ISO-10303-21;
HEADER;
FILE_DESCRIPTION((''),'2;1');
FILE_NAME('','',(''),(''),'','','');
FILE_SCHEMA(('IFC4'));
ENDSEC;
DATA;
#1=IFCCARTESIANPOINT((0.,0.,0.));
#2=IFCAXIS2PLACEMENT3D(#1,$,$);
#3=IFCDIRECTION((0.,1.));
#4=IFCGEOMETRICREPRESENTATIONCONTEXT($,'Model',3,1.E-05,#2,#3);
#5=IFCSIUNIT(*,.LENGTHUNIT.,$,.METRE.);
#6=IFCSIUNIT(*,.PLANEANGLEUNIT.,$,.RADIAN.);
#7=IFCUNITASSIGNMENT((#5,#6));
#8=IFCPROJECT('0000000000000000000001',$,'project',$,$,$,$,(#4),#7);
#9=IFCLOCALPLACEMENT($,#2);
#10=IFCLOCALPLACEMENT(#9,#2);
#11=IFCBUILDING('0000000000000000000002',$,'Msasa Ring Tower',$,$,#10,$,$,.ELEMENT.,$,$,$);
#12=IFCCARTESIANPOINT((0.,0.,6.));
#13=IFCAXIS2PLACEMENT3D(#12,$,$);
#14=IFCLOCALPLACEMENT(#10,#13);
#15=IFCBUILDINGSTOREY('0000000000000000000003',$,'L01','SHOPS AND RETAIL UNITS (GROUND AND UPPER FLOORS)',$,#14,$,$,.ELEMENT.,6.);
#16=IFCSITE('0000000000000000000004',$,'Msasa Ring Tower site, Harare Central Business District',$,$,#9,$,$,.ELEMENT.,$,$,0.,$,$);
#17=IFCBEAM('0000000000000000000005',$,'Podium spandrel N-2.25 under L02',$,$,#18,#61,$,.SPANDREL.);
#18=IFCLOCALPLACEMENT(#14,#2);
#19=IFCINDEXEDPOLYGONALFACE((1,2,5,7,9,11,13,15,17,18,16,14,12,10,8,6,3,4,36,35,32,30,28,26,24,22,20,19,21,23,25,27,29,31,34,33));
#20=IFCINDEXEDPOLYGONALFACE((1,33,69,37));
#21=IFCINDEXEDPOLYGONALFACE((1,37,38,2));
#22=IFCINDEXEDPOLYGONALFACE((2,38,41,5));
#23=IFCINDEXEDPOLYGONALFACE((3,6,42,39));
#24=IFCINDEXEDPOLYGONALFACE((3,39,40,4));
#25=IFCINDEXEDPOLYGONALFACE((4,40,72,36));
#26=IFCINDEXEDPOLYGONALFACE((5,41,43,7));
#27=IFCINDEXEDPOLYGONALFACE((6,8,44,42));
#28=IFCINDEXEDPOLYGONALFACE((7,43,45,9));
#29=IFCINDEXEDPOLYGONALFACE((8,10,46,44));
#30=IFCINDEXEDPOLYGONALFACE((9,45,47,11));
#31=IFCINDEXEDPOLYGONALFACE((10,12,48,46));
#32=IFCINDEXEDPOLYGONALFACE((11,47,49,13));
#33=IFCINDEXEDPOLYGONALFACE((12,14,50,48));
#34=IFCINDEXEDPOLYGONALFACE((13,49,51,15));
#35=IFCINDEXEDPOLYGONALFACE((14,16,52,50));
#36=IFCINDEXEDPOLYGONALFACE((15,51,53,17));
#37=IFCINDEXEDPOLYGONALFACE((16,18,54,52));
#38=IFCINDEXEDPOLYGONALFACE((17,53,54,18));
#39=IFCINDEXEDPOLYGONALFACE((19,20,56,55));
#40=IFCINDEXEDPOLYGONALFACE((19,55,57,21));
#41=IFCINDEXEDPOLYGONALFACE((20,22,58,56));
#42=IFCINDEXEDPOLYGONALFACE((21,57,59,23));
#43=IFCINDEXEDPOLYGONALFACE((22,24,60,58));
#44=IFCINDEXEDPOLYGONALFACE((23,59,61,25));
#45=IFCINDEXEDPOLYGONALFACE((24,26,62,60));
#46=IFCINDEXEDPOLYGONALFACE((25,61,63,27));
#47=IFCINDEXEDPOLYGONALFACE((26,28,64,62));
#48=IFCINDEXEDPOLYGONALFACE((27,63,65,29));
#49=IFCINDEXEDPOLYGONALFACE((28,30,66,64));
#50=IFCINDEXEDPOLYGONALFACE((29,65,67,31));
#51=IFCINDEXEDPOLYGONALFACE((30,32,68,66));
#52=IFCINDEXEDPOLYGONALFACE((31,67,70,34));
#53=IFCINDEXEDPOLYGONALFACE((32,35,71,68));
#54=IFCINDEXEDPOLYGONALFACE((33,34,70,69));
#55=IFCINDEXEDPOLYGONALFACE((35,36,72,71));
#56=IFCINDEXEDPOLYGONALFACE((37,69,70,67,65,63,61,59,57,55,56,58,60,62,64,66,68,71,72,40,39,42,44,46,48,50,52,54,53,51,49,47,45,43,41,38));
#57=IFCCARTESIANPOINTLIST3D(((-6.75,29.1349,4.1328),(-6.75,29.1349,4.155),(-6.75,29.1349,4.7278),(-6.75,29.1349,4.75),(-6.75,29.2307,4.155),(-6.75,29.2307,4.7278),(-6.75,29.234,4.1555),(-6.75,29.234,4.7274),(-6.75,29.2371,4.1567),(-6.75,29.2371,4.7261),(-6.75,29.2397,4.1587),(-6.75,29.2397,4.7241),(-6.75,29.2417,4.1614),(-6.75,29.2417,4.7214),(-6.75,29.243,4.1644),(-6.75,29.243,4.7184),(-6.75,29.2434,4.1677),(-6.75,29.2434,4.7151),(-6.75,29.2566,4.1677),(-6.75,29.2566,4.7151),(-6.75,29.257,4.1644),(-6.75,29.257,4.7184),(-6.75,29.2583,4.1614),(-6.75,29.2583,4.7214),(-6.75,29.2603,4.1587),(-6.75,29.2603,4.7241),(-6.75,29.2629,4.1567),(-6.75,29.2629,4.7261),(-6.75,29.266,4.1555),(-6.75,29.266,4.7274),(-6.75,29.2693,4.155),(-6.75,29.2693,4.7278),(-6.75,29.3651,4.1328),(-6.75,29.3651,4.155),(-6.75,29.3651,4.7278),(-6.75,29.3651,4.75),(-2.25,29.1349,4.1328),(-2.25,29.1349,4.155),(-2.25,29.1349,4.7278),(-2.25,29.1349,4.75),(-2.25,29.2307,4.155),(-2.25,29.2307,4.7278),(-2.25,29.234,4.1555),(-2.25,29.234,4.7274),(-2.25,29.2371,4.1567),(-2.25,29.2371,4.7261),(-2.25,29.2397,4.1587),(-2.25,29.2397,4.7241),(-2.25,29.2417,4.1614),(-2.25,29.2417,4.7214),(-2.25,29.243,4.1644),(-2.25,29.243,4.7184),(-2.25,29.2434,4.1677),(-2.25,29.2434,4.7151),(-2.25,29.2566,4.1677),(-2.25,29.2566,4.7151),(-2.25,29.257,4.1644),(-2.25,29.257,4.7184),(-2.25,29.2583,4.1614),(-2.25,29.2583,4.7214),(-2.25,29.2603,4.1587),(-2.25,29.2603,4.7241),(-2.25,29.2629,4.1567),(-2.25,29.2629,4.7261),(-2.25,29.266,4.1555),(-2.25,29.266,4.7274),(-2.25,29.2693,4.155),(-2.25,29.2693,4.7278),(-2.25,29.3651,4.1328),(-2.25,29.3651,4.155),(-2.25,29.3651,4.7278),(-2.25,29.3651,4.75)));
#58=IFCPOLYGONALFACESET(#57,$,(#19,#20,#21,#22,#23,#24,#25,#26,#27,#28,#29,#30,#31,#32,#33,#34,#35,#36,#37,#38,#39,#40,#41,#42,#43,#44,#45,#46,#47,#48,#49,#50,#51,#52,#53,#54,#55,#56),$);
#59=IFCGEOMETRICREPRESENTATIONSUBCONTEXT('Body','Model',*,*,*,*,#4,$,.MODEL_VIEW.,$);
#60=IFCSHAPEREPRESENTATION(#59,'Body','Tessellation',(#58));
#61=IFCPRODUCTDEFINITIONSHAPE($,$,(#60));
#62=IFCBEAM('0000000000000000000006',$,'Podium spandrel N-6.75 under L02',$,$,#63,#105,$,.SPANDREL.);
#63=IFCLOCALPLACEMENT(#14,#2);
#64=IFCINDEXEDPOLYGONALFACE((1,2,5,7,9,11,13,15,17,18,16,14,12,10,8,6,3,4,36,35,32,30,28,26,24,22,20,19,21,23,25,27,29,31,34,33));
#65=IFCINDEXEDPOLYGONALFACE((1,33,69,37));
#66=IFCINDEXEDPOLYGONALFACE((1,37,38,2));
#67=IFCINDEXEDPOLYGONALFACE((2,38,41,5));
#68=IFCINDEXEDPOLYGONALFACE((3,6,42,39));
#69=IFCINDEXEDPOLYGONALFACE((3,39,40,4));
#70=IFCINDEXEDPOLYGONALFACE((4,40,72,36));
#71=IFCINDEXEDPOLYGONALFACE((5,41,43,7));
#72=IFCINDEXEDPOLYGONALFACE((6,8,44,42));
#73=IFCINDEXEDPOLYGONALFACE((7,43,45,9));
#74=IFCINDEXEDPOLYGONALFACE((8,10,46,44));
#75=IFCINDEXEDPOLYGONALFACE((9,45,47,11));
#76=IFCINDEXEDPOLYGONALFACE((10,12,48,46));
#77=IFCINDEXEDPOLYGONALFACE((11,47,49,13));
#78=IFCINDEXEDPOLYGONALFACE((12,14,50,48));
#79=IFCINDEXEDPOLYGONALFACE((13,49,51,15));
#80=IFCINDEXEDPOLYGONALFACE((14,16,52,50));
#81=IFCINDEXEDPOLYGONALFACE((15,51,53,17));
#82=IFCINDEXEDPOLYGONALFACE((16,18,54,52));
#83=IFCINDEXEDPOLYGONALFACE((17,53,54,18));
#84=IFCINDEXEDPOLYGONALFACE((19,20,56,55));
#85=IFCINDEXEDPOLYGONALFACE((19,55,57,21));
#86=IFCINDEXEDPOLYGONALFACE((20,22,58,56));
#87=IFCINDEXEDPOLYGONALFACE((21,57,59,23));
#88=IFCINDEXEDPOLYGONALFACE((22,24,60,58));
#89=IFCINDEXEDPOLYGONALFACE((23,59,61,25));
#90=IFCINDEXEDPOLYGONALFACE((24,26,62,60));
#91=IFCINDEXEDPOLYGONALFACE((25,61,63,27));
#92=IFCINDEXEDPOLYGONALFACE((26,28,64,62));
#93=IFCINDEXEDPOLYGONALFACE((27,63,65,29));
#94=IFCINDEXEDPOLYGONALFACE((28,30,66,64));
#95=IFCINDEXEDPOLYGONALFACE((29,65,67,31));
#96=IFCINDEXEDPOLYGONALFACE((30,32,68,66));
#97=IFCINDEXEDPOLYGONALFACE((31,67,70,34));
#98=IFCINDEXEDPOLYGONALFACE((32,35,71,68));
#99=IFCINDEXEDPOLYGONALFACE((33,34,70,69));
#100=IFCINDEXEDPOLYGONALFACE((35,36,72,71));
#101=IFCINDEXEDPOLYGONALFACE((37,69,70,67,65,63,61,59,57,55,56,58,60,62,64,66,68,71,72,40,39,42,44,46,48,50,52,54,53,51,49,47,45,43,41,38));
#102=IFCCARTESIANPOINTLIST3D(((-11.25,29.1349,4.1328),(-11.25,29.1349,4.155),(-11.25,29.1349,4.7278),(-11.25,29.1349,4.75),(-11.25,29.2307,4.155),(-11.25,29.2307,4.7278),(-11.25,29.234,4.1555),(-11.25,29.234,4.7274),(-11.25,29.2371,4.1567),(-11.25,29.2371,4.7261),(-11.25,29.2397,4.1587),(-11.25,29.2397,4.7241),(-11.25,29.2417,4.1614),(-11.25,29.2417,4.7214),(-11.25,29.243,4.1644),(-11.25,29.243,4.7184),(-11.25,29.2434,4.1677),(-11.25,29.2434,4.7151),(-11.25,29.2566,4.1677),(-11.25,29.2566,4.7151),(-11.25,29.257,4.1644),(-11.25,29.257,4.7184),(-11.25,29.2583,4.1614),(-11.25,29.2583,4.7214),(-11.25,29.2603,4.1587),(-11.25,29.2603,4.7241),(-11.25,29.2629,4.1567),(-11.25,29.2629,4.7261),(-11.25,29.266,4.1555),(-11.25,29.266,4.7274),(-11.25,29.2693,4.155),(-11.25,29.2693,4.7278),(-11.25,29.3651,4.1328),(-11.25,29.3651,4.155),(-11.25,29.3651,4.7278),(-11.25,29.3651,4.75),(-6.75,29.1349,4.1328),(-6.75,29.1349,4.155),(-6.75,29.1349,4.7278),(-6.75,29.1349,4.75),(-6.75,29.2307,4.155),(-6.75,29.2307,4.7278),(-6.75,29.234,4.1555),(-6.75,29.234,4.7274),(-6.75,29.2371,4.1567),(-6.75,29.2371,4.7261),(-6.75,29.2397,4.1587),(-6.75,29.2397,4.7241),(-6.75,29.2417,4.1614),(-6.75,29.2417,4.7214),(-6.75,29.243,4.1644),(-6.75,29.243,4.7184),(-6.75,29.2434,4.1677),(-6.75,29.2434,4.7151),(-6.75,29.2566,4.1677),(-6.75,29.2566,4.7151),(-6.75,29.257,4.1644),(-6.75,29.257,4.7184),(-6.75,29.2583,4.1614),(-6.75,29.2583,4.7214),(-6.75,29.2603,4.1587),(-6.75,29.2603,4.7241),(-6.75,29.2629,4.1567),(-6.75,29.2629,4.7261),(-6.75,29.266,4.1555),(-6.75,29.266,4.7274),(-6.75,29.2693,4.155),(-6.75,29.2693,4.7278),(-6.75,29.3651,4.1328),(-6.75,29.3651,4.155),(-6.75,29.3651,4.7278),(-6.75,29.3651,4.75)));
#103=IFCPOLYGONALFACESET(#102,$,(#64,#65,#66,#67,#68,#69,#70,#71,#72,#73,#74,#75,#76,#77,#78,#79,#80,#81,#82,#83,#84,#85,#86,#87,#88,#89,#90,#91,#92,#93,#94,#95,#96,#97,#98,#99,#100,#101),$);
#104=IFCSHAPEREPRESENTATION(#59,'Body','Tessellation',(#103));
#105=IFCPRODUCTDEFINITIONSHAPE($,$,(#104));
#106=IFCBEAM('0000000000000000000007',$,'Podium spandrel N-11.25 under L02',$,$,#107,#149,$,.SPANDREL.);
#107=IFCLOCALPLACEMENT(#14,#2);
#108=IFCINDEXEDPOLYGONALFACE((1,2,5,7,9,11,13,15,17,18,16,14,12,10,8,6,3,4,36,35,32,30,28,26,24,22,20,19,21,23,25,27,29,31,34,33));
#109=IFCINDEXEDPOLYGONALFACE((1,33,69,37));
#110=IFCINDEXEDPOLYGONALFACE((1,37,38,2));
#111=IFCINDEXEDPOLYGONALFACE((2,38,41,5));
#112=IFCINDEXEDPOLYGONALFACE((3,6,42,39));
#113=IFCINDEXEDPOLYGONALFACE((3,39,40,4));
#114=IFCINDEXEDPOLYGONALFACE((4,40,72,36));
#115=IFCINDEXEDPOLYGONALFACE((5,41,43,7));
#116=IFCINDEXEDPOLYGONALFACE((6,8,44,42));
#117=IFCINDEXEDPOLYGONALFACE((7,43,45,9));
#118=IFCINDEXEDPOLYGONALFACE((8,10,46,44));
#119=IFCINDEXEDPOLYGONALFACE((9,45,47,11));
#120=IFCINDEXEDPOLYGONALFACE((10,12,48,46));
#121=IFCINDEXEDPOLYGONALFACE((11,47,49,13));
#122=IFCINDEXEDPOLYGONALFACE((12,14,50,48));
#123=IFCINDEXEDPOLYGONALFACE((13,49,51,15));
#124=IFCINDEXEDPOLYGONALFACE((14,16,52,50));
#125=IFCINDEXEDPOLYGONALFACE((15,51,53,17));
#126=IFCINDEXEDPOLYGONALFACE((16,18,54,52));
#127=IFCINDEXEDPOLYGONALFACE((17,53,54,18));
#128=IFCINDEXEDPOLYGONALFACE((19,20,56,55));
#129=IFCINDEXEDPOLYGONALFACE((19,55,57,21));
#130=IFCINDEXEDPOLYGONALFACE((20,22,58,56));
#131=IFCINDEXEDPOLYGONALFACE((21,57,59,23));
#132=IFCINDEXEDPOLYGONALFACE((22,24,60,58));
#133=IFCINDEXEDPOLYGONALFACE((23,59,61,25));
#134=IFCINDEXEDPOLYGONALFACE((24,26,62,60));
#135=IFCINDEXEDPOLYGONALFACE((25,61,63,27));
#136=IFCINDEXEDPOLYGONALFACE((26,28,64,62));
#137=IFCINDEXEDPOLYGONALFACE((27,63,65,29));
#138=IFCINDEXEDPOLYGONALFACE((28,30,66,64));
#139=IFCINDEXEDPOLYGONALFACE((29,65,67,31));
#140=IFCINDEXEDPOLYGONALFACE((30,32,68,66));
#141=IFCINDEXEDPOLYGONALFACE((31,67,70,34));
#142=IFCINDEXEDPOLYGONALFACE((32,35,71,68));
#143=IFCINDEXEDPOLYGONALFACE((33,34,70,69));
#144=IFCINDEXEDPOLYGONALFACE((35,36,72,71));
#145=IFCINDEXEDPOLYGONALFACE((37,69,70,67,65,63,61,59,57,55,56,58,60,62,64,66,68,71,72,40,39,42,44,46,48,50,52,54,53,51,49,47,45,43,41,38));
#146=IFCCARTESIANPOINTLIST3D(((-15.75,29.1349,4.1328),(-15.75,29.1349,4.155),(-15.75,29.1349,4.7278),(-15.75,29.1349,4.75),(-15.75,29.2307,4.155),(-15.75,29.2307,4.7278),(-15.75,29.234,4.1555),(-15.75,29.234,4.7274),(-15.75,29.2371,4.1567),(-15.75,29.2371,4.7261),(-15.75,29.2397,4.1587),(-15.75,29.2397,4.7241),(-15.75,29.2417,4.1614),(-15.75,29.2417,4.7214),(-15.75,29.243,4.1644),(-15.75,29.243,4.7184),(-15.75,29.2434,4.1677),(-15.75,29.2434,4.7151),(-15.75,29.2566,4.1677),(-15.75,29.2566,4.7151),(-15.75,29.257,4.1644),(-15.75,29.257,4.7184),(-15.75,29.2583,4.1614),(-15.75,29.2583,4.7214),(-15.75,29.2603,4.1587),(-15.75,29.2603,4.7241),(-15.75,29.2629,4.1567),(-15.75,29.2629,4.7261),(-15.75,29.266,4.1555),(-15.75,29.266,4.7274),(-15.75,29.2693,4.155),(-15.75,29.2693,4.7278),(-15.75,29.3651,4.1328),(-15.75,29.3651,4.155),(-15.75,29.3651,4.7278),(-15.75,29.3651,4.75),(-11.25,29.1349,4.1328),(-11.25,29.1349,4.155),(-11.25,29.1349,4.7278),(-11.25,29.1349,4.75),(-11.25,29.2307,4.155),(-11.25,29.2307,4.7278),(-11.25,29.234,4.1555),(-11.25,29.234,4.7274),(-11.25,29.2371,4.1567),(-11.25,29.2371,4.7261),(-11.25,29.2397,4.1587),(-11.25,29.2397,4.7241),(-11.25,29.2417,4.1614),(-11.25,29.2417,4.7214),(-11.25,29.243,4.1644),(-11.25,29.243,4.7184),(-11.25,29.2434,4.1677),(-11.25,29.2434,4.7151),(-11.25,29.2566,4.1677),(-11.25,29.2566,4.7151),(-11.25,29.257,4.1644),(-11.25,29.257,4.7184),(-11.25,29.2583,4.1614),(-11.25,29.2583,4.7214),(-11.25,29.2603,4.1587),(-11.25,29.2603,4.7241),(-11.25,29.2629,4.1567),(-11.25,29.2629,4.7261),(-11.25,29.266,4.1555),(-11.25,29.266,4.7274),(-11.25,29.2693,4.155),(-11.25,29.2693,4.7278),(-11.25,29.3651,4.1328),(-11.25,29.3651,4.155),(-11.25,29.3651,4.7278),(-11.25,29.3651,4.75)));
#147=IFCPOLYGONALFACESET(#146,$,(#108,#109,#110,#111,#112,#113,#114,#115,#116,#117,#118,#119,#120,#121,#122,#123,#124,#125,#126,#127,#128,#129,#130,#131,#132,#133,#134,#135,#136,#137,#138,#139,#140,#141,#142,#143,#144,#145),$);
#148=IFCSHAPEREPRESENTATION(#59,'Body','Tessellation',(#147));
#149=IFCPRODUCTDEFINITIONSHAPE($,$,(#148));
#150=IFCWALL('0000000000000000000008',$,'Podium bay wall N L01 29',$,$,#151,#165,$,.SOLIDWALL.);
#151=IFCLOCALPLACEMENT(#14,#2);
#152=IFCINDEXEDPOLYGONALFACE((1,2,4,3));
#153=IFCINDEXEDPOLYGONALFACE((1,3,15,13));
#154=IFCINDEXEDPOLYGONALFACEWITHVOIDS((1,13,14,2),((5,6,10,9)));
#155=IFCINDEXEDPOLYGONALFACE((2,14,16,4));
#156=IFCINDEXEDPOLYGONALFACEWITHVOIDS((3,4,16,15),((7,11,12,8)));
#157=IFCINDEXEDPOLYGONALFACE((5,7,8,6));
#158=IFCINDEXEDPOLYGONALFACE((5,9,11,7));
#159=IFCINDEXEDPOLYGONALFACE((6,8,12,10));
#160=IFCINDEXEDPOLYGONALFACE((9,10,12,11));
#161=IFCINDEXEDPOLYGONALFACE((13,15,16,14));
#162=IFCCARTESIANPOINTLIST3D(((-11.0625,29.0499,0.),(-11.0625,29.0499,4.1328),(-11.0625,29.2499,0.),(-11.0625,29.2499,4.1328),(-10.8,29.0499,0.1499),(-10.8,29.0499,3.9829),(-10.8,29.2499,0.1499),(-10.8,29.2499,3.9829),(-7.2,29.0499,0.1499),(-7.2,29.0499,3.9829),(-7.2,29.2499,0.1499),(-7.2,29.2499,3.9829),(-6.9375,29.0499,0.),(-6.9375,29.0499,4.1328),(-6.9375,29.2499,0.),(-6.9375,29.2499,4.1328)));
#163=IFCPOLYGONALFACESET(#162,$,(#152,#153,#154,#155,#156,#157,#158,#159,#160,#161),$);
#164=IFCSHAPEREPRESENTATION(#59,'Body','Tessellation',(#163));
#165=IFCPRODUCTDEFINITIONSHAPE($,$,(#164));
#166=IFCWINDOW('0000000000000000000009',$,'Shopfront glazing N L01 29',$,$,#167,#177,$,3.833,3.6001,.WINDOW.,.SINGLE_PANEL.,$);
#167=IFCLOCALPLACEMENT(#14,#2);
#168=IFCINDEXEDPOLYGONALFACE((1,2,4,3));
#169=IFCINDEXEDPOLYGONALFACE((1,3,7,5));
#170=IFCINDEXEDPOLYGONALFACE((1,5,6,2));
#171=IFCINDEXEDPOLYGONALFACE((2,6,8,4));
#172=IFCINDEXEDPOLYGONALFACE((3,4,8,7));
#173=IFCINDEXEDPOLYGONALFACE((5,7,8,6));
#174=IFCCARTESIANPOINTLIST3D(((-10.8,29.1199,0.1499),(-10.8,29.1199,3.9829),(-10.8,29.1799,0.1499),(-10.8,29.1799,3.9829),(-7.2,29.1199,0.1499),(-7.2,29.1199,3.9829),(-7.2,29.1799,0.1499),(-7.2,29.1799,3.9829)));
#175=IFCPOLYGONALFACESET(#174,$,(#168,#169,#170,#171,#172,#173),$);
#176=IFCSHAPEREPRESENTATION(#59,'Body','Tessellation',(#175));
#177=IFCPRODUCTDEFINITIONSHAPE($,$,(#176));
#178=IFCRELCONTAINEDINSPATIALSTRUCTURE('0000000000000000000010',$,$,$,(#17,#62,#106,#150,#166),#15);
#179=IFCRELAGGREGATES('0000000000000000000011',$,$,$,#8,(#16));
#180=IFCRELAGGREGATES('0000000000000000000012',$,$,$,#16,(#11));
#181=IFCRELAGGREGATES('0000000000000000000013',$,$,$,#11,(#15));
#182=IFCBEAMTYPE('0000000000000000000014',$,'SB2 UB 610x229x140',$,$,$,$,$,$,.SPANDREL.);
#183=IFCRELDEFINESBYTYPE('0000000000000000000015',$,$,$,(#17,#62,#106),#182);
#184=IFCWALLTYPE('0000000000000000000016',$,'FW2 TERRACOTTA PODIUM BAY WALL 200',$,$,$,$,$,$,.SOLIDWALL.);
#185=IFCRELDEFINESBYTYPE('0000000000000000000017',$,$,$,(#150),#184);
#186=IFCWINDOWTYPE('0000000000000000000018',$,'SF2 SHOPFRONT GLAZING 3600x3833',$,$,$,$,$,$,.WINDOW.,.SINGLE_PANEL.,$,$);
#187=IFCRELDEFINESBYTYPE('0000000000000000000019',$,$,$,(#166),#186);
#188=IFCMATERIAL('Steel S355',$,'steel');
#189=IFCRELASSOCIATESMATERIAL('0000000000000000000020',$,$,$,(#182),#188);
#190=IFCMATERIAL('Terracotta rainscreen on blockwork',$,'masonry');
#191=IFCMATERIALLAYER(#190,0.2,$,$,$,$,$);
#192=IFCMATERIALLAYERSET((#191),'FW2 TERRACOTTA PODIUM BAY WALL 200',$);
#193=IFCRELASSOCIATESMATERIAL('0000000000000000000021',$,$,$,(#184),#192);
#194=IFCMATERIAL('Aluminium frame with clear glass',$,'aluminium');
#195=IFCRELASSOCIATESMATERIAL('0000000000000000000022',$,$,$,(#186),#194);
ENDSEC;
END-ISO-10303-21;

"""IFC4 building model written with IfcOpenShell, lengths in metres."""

from ifc_helpers import new_model, si_unit, direction, frame, frame_2d, origin, origin_2d, place, context, subcontext, project, spatial, rectangle, i_section, extrude, material, layer, layer_set, material_profile, profile_set, type_object, element, fill, save


model = new_model("IFC4")

# Units and contexts
model_context = context("Model", 3, precision=1e-05, world=origin(), true_north=direction((0.0, 1.0)))
body_context = subcontext(model_context, "Body", "Model", "MODEL_VIEW")
ifc_project = project(units=[si_unit("LENGTHUNIT", "METRE"), si_unit("PLANEANGLEUNIT", "RADIAN")], contexts=[model_context])

# Site, building, storey
site_placement = place(None, origin())
site = spatial("IfcSite", under=ifc_project, at=site_placement, Name="Msasa Ring Tower site, Harare Central Business District", CompositionType="ELEMENT", RefElevation=0.0)
building_placement = place(site_placement, origin())
building = spatial("IfcBuilding", under=site, at=building_placement, Name="Msasa Ring Tower", CompositionType="ELEMENT")
storey_placement = place(building_placement, frame((0.0, 0.0, 6.0)))
storey = spatial("IfcBuildingStorey", under=building, at=storey_placement, Name="L01", Description="SHOPS AND RETAIL UNITS (GROUND AND UPPER FLOORS)", CompositionType="ELEMENT", Elevation=6.0)

# Beams
ifc_material_1 = material(Name="Steel S355", Category="steel")
ifc_material_profile_1 = material_profile(ifc_material_1, i_section(OverallWidth=0.2302, OverallDepth=0.6172, WebThickness=0.0132, FlangeThickness=0.0222, FilletRadius=0.0127, at=origin_2d()), Name="UB 610x229x140")
ifc_profile_set_1 = profile_set([ifc_material_profile_1], Name="Steel S355")
beam_type_1 = type_object("IfcBeamType", Name="SB2 UB 610x229x140", PredefinedType="SPANDREL", material=ifc_profile_set_1)
for number, where, z_axis, x_axis, name in (
    (1, (-2.25, 29.25, 4.4414), (-1.0, 0.0, 0.0), (0.0, -1.0, 0.0), "Podium spandrel N-2.25 under L02"),
    (2, (-6.75, 29.25, 4.4414), (-1.0, 0.0, 0.0), (0.0, -1.0, 0.0), "Podium spandrel N-6.75 under L02"),
    (3, (-11.25, 29.25, 4.4414), (-1.0, 0.0, 0.0), (0.0, -1.0, 0.0), "Podium spandrel N-11.25 under L02"),
):
    element("IfcBeam", number, at=place(storey_placement, frame(where, z_axis=z_axis, x_axis=x_axis)), inside=storey, type_object=beam_type_1, Name=name, PredefinedType="SPANDREL", context=body_context, shape_type="SweptSolid", body=[
        extrude(i_section(OverallWidth=0.2302, OverallDepth=0.6172, WebThickness=0.0132, FlangeThickness=0.0222, FilletRadius=0.0127, at=origin_2d()), origin(), (0.0, 0.0, 1.0), 4.5),
    ])

# Wall, opening, window
ifc_material_2 = material(Name="Terracotta rainscreen on blockwork", Category="masonry")
ifc_layer = layer(ifc_material_2, 0.2)
ifc_layer_set = layer_set([ifc_layer], Name="FW2 TERRACOTTA PODIUM BAY WALL 200")
wall_type = type_object("IfcWallType", Name="FW2 TERRACOTTA PODIUM BAY WALL 200", PredefinedType="SOLIDWALL", material=ifc_layer_set)
wall_1_placement = place(storey_placement, frame((-11.0625, 29.1499, 0.0), z_axis=(0.0, 0.0, 1.0), x_axis=(1.0, 0.0, 0.0)))
wall_1 = element("IfcWall", 4, at=wall_1_placement, inside=storey, type_object=wall_type, Name="Podium bay wall N L01 29", PredefinedType="SOLIDWALL", context=body_context, shape_type="SweptSolid", body=[
    extrude(rectangle(XDim=4.125, YDim=0.2, at=frame_2d((2.0625, 0.0))), origin(), (0.0, 0.0, 1.0), 4.1328),
])
opening_1_placement = place(wall_1_placement, frame((0.2625, 0.0, 0.1499)))
opening_1 = element("IfcOpeningElement", 5, at=opening_1_placement, cuts=wall_1, PredefinedType="OPENING", context=body_context, shape_type="SweptSolid", body=[
    extrude(rectangle(XDim=3.6001, YDim=3.833, at=frame_2d((1.8, 1.9165))), frame((0.0, 0.1099, 0.0), z_axis=(0.0, -1.0, 0.0), x_axis=(1.0, 0.0, 0.0)), (0.0, 0.0, 1.0), 0.22),
])
ifc_material_3 = material(Name="Aluminium frame with clear glass", Category="aluminium")
window_type = type_object("IfcWindowType", Name="SF2 SHOPFRONT GLAZING 3600x3833", PartitioningType="SINGLE_PANEL", PredefinedType="WINDOW", material=ifc_material_3)
window_1_placement = place(opening_1_placement, origin())
window_1 = element("IfcWindow", 6, at=window_1_placement, inside=storey, type_object=window_type, Name="Shopfront glazing N L01 29", OverallHeight=3.833, OverallWidth=3.6001, PartitioningType="SINGLE_PANEL", PredefinedType="WINDOW", context=body_context, shape_type="SweptSolid", body=[
    extrude(rectangle(XDim=3.6001, YDim=3.833, at=frame_2d((1.8, 1.9165))), frame((0.0, 0.03, 0.0), z_axis=(0.0, -1.0, 0.0), x_axis=(1.0, 0.0, 0.0)), (0.0, 0.0, 1.0), 0.0601),
])
fill(opening_1, window_1)

save(model, "model.ifc")
